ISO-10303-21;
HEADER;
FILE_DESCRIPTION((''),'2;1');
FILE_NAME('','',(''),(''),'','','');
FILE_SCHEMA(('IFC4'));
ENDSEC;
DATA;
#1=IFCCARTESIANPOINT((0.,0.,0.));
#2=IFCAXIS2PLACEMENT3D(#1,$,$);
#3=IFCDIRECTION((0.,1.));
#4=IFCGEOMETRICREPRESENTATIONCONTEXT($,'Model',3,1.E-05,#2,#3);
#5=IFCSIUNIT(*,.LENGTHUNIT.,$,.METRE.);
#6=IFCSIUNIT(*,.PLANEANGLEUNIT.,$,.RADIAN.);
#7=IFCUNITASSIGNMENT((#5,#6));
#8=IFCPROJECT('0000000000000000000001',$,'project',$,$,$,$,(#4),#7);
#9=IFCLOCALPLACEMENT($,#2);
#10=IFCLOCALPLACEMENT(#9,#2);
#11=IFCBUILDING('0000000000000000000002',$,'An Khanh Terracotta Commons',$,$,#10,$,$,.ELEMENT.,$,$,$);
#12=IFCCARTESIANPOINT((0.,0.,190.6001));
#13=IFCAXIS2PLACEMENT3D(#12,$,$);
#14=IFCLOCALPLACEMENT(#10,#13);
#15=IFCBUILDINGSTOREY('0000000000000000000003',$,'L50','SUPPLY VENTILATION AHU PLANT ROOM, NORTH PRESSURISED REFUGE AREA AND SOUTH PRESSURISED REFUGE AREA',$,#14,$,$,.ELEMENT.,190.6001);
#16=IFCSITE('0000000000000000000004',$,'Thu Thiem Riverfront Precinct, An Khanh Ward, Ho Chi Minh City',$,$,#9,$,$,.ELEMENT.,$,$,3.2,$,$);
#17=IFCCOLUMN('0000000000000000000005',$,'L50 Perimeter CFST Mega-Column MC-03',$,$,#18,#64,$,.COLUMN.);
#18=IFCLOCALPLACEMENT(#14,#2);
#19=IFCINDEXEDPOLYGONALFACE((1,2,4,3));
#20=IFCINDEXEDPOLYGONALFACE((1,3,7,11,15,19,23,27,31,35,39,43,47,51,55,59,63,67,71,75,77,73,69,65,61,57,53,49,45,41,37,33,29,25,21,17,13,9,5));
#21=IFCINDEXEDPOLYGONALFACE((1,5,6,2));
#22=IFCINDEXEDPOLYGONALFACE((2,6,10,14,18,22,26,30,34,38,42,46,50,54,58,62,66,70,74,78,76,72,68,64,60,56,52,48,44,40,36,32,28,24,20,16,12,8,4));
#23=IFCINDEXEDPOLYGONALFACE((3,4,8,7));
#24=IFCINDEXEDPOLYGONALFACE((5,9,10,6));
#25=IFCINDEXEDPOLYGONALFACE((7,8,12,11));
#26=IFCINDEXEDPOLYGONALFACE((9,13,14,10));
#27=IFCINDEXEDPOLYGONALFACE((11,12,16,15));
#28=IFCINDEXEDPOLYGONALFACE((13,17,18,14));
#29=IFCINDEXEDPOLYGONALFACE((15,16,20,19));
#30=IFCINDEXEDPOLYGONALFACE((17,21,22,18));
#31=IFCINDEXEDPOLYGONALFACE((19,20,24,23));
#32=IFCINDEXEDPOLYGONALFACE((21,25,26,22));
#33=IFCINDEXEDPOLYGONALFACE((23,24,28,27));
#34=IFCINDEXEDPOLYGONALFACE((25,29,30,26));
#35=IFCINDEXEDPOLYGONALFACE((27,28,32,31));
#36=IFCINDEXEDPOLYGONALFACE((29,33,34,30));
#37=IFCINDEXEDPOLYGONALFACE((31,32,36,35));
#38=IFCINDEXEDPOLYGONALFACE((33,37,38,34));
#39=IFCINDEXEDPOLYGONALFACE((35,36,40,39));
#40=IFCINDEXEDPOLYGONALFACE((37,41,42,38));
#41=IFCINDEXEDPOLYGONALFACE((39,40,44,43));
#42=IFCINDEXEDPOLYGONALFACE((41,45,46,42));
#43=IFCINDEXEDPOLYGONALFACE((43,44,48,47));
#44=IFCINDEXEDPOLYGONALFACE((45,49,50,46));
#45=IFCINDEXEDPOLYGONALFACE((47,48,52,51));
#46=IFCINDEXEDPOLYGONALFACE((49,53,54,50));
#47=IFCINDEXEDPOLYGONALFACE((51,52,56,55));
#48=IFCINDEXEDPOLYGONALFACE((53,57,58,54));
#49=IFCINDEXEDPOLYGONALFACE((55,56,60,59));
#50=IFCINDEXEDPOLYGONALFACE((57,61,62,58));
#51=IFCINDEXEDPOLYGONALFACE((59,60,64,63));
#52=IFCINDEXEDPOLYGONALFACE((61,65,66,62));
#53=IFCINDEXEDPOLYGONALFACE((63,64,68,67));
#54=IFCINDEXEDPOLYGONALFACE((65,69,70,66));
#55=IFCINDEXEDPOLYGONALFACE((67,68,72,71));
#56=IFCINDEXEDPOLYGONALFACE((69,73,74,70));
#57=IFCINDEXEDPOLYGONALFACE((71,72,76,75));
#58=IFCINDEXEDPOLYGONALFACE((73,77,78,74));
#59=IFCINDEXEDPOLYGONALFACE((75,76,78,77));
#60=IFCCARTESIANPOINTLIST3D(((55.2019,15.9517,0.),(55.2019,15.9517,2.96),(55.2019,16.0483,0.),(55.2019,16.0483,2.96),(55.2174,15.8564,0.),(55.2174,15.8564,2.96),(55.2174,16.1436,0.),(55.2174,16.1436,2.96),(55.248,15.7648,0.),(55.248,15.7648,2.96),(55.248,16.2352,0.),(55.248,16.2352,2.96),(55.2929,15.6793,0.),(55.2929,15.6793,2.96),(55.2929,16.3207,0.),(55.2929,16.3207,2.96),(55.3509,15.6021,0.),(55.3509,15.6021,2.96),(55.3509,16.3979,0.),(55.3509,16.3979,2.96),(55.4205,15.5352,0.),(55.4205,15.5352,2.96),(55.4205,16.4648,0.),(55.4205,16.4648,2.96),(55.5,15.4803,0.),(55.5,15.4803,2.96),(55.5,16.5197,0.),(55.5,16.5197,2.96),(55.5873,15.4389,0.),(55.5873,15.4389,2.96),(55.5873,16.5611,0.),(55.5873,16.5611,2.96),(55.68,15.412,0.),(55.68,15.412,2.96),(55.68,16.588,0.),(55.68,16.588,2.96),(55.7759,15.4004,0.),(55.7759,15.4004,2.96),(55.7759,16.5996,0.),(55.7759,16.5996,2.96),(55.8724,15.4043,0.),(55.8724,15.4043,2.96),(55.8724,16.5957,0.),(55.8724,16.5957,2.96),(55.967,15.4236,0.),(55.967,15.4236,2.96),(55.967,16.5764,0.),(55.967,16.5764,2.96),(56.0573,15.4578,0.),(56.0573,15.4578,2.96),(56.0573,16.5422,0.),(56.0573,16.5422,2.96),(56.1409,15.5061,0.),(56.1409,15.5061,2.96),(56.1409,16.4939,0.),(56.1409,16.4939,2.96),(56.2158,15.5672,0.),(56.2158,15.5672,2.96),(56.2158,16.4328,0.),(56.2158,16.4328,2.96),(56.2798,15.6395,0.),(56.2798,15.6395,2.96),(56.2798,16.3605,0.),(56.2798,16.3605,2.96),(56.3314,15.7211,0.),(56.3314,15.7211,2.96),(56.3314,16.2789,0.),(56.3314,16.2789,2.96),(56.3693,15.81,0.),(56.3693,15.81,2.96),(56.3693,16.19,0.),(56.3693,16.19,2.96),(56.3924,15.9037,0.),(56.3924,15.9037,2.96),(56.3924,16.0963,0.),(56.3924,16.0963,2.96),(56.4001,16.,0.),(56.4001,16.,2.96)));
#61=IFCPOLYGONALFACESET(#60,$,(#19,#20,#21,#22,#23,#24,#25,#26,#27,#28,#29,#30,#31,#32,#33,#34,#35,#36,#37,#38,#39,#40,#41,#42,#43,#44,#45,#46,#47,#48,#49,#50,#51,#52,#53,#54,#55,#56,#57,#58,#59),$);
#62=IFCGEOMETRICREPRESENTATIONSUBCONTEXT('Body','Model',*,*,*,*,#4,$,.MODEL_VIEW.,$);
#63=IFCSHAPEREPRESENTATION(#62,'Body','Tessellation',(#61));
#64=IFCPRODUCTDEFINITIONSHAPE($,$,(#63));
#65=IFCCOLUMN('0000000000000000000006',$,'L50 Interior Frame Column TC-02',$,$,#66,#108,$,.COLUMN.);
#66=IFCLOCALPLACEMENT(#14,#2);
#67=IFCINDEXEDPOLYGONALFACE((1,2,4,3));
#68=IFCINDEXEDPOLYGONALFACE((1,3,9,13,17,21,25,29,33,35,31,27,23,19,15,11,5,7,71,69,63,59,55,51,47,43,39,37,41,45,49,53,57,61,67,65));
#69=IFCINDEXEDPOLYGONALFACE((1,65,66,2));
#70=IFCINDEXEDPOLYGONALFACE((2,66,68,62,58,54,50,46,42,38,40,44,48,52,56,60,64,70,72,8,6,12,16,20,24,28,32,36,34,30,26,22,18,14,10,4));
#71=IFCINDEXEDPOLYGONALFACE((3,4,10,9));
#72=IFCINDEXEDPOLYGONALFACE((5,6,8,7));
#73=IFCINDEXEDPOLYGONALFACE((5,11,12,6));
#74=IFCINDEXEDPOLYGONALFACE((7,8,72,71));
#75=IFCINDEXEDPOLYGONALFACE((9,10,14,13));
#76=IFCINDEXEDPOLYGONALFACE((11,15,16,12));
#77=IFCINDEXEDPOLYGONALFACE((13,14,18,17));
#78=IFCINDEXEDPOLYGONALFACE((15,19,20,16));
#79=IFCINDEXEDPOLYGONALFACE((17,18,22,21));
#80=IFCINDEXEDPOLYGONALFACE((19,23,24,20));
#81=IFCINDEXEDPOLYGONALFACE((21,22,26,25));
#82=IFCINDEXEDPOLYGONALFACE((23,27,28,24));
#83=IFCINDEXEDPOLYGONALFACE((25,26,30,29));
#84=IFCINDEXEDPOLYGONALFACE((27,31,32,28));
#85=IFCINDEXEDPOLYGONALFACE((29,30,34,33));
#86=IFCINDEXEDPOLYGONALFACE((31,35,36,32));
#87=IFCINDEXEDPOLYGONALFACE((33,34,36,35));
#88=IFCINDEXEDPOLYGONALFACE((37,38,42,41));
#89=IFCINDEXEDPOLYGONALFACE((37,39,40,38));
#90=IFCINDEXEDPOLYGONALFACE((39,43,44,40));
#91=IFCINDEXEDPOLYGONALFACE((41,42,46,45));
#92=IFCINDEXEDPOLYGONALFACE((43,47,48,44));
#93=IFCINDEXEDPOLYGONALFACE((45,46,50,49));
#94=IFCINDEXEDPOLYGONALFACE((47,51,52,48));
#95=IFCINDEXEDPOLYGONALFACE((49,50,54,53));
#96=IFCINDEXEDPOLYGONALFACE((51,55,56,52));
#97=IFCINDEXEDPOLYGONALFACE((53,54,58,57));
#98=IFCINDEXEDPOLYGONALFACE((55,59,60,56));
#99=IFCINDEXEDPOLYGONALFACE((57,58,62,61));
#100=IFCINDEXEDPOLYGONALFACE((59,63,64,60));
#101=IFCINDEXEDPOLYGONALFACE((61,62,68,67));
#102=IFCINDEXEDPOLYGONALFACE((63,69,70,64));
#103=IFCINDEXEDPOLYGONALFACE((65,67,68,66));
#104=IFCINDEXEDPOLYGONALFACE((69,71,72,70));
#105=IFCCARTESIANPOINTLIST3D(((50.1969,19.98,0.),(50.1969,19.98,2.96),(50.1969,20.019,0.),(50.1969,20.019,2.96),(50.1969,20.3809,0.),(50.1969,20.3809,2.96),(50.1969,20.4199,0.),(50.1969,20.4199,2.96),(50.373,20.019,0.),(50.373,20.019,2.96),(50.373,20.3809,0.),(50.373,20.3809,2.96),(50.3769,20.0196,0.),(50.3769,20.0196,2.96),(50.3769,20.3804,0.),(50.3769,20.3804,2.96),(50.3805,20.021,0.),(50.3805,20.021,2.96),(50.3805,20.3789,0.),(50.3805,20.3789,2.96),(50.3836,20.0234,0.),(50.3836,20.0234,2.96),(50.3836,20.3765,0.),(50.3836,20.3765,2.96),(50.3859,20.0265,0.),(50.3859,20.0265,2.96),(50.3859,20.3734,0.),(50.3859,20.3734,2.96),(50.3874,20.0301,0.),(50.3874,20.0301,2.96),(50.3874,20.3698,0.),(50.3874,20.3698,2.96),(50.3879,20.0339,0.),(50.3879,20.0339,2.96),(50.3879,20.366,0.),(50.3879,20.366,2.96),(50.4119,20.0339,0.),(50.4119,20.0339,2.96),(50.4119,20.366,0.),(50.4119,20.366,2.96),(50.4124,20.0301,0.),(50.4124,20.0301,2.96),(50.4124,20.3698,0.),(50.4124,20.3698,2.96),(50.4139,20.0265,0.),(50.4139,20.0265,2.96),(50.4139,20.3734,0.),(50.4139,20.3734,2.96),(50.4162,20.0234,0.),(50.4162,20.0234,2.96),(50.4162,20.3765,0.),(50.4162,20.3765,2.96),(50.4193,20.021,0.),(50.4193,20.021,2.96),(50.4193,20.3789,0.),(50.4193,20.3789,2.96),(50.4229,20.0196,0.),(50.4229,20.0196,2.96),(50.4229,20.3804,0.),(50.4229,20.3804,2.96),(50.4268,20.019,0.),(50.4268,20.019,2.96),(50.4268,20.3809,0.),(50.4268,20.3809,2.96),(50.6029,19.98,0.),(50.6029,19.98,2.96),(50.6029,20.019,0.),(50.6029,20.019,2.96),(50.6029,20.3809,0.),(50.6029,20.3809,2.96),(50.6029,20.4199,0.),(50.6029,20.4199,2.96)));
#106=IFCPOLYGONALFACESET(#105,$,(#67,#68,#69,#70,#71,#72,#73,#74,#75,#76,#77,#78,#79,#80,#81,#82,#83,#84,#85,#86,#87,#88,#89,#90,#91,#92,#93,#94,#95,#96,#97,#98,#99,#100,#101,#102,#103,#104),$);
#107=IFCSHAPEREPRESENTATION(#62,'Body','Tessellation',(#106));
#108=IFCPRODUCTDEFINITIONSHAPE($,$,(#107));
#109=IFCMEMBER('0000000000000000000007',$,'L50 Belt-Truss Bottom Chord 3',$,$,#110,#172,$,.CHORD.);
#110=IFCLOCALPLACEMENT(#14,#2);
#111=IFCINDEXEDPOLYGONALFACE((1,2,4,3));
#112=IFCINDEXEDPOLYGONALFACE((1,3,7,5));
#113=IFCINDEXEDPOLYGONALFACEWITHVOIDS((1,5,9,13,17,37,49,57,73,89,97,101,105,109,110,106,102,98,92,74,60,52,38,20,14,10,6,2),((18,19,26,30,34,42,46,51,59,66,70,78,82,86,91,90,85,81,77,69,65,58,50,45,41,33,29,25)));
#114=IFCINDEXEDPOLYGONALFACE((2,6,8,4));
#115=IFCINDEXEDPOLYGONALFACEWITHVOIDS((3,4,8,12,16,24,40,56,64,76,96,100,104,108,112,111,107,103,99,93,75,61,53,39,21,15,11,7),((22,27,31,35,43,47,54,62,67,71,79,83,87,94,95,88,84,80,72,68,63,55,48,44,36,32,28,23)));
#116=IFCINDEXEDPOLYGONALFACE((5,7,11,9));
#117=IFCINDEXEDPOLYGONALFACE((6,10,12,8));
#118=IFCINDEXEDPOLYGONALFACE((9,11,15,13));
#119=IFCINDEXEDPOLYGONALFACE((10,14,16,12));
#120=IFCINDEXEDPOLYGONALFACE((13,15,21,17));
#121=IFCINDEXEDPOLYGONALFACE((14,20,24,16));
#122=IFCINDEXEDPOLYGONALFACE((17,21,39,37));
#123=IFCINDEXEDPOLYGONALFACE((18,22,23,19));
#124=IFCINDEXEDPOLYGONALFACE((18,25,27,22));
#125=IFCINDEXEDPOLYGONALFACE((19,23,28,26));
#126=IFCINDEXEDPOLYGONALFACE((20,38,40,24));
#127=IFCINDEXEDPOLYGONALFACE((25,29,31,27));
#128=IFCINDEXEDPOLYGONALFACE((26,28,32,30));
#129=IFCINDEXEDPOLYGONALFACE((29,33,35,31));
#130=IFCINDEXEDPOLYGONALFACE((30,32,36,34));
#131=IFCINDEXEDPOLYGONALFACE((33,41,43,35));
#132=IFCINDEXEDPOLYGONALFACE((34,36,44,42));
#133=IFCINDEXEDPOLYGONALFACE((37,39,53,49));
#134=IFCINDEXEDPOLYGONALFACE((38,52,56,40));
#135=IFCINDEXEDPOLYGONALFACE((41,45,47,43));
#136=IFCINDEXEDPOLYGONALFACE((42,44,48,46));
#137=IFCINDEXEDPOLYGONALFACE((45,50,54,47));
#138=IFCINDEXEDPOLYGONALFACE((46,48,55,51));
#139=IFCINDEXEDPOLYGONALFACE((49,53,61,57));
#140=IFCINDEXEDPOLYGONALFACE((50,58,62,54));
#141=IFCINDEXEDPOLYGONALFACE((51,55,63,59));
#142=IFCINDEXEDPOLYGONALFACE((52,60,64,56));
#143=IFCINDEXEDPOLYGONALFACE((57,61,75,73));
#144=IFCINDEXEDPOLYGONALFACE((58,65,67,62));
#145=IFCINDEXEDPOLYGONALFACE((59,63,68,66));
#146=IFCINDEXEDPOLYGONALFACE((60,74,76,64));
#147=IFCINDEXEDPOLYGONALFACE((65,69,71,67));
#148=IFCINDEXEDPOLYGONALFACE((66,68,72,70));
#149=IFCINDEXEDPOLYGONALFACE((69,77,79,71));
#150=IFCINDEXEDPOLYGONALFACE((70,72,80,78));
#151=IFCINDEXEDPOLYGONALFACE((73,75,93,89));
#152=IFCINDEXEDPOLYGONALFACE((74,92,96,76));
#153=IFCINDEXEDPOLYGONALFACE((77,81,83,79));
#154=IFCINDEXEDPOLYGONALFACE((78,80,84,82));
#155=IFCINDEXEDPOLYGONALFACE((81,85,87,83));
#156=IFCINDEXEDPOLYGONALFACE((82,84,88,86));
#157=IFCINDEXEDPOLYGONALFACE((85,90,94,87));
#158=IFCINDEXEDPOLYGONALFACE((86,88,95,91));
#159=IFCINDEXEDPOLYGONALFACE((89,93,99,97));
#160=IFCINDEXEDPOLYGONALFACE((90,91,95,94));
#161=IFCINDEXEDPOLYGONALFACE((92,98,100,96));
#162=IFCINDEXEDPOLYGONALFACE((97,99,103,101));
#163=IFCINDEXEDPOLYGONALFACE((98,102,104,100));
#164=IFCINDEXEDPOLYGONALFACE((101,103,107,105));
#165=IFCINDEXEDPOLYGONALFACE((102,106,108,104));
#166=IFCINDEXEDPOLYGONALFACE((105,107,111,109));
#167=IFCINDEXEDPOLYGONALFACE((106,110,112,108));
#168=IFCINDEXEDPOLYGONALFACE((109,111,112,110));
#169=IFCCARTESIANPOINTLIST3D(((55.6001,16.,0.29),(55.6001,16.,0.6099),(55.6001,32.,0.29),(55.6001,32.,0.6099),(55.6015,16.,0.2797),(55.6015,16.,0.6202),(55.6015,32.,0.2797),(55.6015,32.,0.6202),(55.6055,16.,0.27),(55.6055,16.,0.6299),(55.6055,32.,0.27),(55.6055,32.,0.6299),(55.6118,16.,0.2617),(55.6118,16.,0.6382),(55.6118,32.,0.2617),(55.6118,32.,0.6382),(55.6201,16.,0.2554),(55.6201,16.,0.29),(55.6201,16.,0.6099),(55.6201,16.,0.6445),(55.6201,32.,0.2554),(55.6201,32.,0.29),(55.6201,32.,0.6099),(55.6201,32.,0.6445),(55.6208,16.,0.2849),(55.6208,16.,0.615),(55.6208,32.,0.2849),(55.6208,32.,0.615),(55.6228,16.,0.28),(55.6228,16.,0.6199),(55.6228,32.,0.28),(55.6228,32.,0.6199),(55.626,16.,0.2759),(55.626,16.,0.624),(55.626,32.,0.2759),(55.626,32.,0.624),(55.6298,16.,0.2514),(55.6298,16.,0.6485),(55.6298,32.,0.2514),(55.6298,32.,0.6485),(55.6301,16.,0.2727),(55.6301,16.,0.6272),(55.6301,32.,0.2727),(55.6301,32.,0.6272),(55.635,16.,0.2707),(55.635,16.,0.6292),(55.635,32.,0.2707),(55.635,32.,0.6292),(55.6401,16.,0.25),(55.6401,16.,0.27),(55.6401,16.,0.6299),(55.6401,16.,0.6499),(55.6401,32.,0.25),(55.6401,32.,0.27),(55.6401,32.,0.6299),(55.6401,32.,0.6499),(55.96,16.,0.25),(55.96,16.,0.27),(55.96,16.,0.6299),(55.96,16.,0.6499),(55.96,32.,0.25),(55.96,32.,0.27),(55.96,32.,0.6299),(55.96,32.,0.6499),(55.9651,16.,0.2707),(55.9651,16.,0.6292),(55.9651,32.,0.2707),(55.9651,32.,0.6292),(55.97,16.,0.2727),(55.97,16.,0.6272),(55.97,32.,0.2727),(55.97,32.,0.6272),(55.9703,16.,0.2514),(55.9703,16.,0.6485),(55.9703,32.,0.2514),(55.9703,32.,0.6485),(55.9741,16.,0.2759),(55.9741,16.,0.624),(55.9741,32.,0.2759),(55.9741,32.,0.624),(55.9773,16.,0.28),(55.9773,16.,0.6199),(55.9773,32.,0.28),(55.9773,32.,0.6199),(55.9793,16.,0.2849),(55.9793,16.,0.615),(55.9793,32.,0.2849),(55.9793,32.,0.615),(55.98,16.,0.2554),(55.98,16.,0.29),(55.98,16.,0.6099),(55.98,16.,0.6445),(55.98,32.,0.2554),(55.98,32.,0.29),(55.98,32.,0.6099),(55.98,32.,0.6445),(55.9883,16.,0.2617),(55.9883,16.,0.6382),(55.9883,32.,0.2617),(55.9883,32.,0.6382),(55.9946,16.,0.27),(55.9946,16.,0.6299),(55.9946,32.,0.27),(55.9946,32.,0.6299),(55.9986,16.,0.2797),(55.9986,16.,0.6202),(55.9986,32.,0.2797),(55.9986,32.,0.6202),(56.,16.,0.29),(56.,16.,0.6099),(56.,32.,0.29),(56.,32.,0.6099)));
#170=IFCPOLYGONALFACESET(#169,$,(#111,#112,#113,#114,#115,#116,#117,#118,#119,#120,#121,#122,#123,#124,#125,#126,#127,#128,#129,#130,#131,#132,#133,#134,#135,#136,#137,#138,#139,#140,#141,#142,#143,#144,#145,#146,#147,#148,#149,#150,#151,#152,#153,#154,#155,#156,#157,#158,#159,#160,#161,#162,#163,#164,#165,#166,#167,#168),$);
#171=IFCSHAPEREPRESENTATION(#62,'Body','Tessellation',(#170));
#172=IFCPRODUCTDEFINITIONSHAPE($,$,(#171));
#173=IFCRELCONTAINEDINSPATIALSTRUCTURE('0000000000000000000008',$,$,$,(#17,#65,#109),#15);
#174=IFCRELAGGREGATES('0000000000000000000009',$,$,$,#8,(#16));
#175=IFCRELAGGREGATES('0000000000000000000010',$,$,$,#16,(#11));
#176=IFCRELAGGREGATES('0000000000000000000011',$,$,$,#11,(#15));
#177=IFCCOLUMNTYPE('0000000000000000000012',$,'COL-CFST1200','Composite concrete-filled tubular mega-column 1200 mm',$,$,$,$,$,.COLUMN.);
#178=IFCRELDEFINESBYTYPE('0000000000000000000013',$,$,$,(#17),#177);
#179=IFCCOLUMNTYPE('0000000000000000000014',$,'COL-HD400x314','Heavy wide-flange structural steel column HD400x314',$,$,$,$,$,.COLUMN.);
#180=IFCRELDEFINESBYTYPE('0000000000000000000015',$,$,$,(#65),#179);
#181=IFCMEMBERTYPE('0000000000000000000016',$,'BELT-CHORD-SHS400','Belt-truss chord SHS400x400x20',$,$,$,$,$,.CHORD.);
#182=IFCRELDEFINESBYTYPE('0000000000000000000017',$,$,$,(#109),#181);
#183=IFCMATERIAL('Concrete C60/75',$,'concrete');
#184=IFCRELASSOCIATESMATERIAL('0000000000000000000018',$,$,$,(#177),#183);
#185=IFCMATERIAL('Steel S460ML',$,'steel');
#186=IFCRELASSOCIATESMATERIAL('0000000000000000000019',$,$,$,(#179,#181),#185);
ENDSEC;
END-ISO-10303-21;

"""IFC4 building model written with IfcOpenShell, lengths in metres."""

from ifc_helpers import new_model, si_unit, direction, frame, origin, origin_2d, place, context, subcontext, project, spatial, hollow_rectangle, circle, i_section, extrude, material, material_profile, profile_set, type_object, element, save


model = new_model("IFC4")

# Units and contexts
model_context = context("Model", 3, precision=1e-05, world=origin(), true_north=direction((0.0, 1.0)))
body_context = subcontext(model_context, "Body", "Model", "MODEL_VIEW")
ifc_project = project(units=[si_unit("LENGTHUNIT", "METRE"), si_unit("PLANEANGLEUNIT", "RADIAN")], contexts=[model_context])

# Site, building, storey
site_placement = place(None, origin())
site = spatial("IfcSite", under=ifc_project, at=site_placement, Name="Thu Thiem Riverfront Precinct, An Khanh Ward, Ho Chi Minh City", CompositionType="ELEMENT", RefElevation=3.2)
building_placement = place(site_placement, origin())
building = spatial("IfcBuilding", under=site, at=building_placement, Name="An Khanh Terracotta Commons", CompositionType="ELEMENT")
storey_placement = place(building_placement, frame((0.0, 0.0, 190.6001)))
storey = spatial("IfcBuildingStorey", under=building, at=storey_placement, Name="L50", Description="SUPPLY VENTILATION AHU PLANT ROOM, NORTH PRESSURISED REFUGE AREA AND SOUTH PRESSURISED REFUGE AREA", CompositionType="ELEMENT", Elevation=190.6001)

# Columns
ifc_material_1 = material(Name="Concrete C60/75", Category="concrete")
ifc_material_profile_1 = material_profile(ifc_material_1, circle(Radius=0.6001, at=origin_2d()), Name="CFST1200")
ifc_profile_set_1 = profile_set([ifc_material_profile_1], Name="Concrete C60/75")
column_type_1 = type_object("IfcColumnType", Name="COL-CFST1200", Description="Composite concrete-filled tubular mega-column 1200 mm", PredefinedType="COLUMN", material=ifc_profile_set_1)
column_1_placement = place(storey_placement, frame((55.8, 16.0, 0.0), z_axis=(0.0, 0.0, 1.0), x_axis=(1.0, 0.0, 0.0)))
element("IfcColumn", 1, at=column_1_placement, inside=storey, type_object=column_type_1, Name="L50 Perimeter CFST Mega-Column MC-03", PredefinedType="COLUMN", context=body_context, shape_type="SweptSolid", body=[
    extrude(circle(Radius=0.6001, at=origin_2d()), origin(), (0.0, 0.0, 1.0), 2.96),
])
ifc_material_2 = material(Name="Steel S460ML", Category="steel")
ifc_material_profile_2 = material_profile(ifc_material_2, i_section(OverallWidth=0.406, OverallDepth=0.4399, WebThickness=0.0239, FlangeThickness=0.0391, FilletRadius=0.0149, at=origin_2d()), Name="HD400x314")
ifc_profile_set_2 = profile_set([ifc_material_profile_2], Name="Steel S460ML")
column_type_2 = type_object("IfcColumnType", Name="COL-HD400x314", Description="Heavy wide-flange structural steel column HD400x314", PredefinedType="COLUMN", material=ifc_profile_set_2)
column_2_placement = place(storey_placement, frame((50.3999, 20.2, 0.0), z_axis=(0.0, 0.0, 1.0), x_axis=(1.0, 0.0, 0.0)))
element("IfcColumn", 2, at=column_2_placement, inside=storey, type_object=column_type_2, Name="L50 Interior Frame Column TC-02", PredefinedType="COLUMN", context=body_context, shape_type="SweptSolid", body=[
    extrude(i_section(OverallWidth=0.406, OverallDepth=0.4399, WebThickness=0.0239, FlangeThickness=0.0391, FilletRadius=0.0149, at=origin_2d()), origin(), (0.0, 0.0, 1.0), 2.96),
])

# Member
ifc_material_profile_3 = material_profile(ifc_material_2, hollow_rectangle(XDim=0.3999, YDim=0.3999, WallThickness=0.02, InnerFilletRadius=0.02, OuterFilletRadius=0.04, at=origin_2d()), Name="SHS400x400x20")
ifc_profile_set_3 = profile_set([ifc_material_profile_3], Name="Steel S460ML")
member_type_1 = type_object("IfcMemberType", Name="BELT-CHORD-SHS400", Description="Belt-truss chord SHS400x400x20", PredefinedType="CHORD", material=ifc_profile_set_3)
for number, where, z_axis, x_axis, name in (
    (3, (55.8, 16.0, 0.45), (0.0, 1.0, 0.0), (-1.0, 0.0, 0.0), "L50 Belt-Truss Bottom Chord 3"),
):
    element("IfcMember", number, at=place(storey_placement, frame(where, z_axis=z_axis, x_axis=x_axis)), inside=storey, type_object=member_type_1, Name=name, PredefinedType="CHORD", context=body_context, shape_type="SweptSolid", body=[
        extrude(hollow_rectangle(XDim=0.3999, YDim=0.3999, WallThickness=0.02, InnerFilletRadius=0.02, OuterFilletRadius=0.04, at=origin_2d()), origin(), (0.0, 0.0, 1.0), 16.0),
    ])

save(model, "model.ifc")
